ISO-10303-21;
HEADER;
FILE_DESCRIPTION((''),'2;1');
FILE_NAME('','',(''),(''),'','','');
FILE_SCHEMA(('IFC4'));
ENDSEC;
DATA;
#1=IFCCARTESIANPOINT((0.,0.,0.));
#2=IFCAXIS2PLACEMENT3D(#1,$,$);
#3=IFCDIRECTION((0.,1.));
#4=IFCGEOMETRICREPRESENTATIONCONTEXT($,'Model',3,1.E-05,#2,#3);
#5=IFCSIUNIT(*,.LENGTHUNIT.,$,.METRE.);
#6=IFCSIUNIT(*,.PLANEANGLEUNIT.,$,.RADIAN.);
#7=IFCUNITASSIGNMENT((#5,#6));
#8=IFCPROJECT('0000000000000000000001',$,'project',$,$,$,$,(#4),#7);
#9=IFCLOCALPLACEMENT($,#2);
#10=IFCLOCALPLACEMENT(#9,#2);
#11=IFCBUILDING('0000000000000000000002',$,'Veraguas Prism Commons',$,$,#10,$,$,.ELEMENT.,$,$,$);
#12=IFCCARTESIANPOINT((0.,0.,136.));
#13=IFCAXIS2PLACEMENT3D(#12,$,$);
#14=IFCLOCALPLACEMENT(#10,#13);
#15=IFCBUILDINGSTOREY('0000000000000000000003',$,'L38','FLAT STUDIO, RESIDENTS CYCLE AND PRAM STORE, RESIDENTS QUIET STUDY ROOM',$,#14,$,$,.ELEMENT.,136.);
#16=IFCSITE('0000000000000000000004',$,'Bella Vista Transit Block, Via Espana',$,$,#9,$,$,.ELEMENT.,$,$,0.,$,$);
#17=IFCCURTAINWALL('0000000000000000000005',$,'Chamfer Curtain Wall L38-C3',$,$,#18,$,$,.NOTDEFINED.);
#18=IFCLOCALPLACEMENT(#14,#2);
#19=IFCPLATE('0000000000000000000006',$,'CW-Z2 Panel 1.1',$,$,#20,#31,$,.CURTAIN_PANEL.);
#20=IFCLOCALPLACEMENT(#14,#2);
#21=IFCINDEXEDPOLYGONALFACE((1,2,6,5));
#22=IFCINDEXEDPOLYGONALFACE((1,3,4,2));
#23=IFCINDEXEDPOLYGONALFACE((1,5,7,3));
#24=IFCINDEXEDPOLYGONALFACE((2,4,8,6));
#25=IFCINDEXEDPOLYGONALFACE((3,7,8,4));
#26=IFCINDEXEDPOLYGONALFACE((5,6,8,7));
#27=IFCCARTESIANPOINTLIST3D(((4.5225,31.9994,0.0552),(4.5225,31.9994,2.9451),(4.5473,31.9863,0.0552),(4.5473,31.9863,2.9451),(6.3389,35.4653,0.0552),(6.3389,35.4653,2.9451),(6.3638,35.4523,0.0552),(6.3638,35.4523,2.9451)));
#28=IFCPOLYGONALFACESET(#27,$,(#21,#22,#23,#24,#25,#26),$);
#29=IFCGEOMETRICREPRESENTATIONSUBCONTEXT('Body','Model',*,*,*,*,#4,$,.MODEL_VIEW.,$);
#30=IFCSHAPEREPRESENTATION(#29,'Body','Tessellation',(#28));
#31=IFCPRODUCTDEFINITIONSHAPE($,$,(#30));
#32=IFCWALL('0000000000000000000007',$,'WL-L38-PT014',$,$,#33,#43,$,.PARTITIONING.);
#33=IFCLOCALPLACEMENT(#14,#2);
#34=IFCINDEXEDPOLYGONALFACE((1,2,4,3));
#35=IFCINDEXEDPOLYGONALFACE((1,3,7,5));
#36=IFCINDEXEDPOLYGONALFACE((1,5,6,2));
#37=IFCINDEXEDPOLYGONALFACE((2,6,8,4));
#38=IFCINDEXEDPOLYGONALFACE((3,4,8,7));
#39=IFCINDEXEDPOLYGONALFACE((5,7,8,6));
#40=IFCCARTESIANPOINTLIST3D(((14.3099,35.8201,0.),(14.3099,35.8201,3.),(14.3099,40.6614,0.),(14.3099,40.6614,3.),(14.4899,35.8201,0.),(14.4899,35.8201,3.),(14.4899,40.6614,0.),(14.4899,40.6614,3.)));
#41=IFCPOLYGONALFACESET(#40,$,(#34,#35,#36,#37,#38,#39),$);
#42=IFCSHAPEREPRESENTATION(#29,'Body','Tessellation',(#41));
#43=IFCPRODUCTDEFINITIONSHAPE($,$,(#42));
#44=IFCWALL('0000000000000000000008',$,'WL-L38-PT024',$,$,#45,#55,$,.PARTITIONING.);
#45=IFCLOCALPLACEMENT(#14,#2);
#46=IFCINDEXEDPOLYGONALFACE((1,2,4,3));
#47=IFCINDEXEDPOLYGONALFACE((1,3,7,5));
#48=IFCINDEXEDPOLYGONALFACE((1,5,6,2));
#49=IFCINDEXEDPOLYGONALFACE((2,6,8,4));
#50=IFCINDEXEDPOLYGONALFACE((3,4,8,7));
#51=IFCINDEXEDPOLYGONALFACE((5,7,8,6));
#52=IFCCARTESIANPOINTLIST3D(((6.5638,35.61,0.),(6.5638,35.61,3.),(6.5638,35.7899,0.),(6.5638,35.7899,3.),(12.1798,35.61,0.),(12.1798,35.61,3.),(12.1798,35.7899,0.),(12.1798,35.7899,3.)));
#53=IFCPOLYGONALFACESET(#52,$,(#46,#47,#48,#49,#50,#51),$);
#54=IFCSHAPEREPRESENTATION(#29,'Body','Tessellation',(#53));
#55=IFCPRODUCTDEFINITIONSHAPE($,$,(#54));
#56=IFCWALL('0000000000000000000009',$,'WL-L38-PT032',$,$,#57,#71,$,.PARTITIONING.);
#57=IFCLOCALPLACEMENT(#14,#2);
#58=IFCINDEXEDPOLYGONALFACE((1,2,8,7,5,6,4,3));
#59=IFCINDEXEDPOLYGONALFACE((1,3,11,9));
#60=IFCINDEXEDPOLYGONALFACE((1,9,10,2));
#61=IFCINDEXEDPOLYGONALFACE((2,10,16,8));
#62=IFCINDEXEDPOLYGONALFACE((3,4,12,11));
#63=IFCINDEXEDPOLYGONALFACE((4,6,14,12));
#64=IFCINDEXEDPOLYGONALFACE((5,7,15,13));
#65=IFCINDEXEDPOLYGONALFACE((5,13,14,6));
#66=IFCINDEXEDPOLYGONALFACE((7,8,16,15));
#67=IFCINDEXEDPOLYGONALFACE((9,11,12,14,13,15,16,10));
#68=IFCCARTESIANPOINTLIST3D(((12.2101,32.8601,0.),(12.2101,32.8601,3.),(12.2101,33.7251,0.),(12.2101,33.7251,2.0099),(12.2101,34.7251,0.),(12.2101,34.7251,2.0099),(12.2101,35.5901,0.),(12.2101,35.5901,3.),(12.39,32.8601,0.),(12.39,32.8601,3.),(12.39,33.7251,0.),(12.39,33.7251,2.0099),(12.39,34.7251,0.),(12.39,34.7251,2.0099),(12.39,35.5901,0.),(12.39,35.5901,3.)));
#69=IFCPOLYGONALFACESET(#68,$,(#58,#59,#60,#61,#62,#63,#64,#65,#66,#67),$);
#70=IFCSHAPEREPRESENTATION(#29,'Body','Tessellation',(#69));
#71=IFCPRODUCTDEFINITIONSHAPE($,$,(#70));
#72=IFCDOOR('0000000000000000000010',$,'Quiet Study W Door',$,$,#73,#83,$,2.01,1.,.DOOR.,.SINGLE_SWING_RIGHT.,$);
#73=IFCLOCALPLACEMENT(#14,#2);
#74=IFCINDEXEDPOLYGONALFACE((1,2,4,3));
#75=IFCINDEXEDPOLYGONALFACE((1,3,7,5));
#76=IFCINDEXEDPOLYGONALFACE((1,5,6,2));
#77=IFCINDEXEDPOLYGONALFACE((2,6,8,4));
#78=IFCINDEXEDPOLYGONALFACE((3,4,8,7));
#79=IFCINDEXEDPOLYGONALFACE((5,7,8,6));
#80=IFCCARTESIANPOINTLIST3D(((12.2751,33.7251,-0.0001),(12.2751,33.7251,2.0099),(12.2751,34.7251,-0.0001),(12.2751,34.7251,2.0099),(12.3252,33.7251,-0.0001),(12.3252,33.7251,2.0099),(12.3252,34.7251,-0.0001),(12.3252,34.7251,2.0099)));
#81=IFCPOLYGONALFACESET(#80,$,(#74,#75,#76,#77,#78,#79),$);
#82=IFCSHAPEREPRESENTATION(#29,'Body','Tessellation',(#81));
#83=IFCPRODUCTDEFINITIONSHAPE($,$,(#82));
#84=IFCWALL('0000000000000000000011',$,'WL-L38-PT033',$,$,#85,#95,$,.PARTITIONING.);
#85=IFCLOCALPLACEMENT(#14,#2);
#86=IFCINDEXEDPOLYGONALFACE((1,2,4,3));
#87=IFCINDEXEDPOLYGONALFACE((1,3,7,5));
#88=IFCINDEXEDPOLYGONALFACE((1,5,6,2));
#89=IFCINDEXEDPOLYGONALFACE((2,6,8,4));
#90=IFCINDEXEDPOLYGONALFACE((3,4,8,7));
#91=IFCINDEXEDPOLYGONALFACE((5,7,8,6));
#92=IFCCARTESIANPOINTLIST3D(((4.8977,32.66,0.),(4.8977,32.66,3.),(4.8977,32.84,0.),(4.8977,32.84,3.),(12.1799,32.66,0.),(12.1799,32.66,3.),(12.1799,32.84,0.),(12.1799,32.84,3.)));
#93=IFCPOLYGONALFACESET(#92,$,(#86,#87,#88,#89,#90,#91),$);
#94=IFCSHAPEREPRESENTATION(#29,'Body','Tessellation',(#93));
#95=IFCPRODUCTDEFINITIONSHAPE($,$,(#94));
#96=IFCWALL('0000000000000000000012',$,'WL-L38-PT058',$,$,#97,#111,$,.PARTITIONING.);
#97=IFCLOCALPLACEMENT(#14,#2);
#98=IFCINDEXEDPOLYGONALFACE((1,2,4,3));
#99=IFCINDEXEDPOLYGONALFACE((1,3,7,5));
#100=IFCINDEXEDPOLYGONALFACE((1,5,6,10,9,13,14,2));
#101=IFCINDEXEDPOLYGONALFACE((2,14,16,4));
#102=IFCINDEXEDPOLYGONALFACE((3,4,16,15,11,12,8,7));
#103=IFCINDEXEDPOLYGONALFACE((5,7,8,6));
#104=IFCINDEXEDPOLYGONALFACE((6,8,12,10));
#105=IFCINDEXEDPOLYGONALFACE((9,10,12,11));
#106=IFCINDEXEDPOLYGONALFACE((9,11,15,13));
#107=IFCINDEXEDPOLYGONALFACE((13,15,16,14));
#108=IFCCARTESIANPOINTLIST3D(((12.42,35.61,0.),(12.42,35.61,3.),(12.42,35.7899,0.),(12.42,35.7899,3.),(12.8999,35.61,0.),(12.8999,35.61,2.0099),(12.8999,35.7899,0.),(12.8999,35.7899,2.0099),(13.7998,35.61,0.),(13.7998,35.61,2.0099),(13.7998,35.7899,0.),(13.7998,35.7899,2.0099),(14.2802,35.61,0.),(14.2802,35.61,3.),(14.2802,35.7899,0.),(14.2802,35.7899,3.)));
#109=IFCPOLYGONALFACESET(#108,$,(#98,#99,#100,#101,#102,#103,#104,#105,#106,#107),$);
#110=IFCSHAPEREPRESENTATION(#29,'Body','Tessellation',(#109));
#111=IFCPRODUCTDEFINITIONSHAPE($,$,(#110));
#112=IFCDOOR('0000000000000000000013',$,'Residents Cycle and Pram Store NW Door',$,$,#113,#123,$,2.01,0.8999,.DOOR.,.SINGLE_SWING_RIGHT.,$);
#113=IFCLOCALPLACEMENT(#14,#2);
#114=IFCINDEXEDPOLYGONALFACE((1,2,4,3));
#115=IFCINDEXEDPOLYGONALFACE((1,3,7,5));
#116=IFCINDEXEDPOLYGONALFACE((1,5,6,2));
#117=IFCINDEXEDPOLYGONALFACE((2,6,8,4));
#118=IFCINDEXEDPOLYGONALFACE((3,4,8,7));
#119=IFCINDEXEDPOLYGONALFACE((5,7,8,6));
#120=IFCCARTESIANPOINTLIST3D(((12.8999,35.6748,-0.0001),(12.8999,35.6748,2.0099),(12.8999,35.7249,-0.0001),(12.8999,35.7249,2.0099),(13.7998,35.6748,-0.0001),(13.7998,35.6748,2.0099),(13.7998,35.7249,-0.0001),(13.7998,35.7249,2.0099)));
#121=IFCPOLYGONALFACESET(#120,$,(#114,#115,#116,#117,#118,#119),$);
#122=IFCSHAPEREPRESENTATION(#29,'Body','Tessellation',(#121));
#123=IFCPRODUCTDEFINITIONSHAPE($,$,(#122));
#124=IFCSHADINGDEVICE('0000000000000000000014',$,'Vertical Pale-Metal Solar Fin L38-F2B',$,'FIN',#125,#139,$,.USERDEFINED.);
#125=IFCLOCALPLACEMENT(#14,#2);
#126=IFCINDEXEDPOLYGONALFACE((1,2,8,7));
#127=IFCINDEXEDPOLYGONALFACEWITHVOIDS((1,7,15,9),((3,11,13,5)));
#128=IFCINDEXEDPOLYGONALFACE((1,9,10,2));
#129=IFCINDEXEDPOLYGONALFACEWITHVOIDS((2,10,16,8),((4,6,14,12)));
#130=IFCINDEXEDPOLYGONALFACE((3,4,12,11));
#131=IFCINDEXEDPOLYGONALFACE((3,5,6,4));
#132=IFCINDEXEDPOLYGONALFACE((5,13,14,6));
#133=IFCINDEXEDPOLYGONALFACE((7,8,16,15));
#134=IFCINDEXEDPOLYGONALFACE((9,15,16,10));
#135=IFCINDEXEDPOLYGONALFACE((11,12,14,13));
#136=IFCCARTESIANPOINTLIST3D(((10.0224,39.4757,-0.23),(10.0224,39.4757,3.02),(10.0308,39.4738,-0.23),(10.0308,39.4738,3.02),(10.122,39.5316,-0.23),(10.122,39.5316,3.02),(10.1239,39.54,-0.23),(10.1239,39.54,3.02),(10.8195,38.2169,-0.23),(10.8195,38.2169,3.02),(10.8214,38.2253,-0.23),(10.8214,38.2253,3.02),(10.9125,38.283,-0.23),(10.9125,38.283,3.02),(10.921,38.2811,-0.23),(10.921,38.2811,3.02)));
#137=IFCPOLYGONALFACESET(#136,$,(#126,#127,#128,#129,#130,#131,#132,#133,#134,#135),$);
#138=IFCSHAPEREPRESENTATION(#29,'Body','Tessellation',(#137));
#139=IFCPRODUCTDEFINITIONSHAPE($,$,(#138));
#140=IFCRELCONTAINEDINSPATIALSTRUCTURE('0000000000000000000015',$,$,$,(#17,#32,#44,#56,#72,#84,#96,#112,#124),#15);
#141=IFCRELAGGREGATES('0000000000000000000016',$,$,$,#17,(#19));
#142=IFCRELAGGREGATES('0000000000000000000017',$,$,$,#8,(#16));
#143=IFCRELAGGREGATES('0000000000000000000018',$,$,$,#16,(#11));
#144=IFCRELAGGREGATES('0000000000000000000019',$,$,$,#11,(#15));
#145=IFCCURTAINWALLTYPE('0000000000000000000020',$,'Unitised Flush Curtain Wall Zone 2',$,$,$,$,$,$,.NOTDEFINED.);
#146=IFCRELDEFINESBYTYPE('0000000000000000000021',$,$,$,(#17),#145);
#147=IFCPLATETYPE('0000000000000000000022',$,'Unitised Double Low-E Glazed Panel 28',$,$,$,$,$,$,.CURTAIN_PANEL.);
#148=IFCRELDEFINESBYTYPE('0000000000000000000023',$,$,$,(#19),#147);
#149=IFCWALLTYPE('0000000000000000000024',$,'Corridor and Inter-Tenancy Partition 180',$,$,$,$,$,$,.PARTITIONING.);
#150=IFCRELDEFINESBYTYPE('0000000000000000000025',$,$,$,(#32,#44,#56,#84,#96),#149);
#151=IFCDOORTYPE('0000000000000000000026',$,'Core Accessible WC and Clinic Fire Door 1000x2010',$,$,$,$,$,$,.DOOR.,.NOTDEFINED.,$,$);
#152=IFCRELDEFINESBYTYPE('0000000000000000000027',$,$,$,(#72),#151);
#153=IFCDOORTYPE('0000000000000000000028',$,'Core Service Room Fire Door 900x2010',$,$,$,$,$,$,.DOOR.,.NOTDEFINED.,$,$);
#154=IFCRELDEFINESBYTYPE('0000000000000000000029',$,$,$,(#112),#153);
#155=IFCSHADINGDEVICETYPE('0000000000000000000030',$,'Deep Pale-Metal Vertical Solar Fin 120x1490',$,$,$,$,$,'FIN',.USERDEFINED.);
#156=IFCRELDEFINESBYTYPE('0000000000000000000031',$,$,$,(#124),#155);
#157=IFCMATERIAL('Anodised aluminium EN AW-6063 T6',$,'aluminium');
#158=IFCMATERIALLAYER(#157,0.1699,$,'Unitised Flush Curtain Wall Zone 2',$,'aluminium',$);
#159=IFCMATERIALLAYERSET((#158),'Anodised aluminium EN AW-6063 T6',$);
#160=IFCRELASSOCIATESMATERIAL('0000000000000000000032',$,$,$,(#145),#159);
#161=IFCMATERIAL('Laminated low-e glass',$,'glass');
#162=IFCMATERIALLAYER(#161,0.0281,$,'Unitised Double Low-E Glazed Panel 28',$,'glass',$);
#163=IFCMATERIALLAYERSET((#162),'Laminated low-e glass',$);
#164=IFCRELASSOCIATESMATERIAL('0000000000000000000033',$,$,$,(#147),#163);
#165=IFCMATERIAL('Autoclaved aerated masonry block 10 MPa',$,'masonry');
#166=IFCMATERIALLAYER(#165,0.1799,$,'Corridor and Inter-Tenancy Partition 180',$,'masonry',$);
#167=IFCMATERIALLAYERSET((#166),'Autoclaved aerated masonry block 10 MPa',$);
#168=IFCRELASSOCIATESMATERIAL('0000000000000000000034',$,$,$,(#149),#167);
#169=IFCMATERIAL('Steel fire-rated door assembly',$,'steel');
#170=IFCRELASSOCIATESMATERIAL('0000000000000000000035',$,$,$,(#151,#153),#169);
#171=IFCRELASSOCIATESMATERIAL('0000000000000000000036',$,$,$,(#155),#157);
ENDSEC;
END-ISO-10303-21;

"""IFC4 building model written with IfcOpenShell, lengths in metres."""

from ifc_helpers import new_model, si_unit, direction, frame, frame_2d, origin, origin_2d, place, context, subcontext, project, spatial, rectangle, hollow_rectangle, extrude, source, transform, mapped, material, layer, layer_set, material_profile, profile_set, type_object, element, fill, aggregate, save


model = new_model("IFC4")

# Units and contexts
model_context = context("Model", 3, precision=1e-05, world=origin(), true_north=direction((0.0, 1.0)))
body_context = subcontext(model_context, "Body", "Model", "MODEL_VIEW")
ifc_project = project(units=[si_unit("LENGTHUNIT", "METRE"), si_unit("PLANEANGLEUNIT", "RADIAN")], contexts=[model_context])

# Site, building, storey
site_placement = place(None, origin())
site = spatial("IfcSite", under=ifc_project, at=site_placement, Name="Bella Vista Transit Block, Via Espana", CompositionType="ELEMENT", RefElevation=0.0)
building_placement = place(site_placement, origin())
building = spatial("IfcBuilding", under=site, at=building_placement, Name="Veraguas Prism Commons", CompositionType="ELEMENT")
storey_placement = place(building_placement, frame((0.0, 0.0, 136.0)))
storey = spatial("IfcBuildingStorey", under=building, at=storey_placement, Name="L38", Description="FLAT STUDIO, RESIDENTS CYCLE AND PRAM STORE, RESIDENTS QUIET STUDY ROOM", CompositionType="ELEMENT", Elevation=136.0)

# Curtain wall
ifc_material_1 = material(Name="Anodised aluminium EN AW-6063 T6", Category="aluminium")
ifc_layer_1 = layer(ifc_material_1, 0.1699, Name="Unitised Flush Curtain Wall Zone 2", Category="aluminium")
ifc_layer_set_1 = layer_set([ifc_layer_1], Name="Anodised aluminium EN AW-6063 T6")
curtain_wall_type = type_object("IfcCurtainWallType", Name="Unitised Flush Curtain Wall Zone 2", PredefinedType="NOTDEFINED", material=ifc_layer_set_1)
curtain_wall_1_placement = place(storey_placement, origin())
curtain_wall_1 = element("IfcCurtainWall", 1, at=curtain_wall_1_placement, inside=storey, type_object=curtain_wall_type, Name="Chamfer Curtain Wall L38-C3", PredefinedType="NOTDEFINED")

# Plate
ifc_material_2 = material(Name="Laminated low-e glass", Category="glass")
ifc_layer_2 = layer(ifc_material_2, 0.0281, Name="Unitised Double Low-E Glazed Panel 28", Category="glass")
ifc_layer_set_2 = layer_set([ifc_layer_2], Name="Laminated low-e glass")
plate_type = type_object("IfcPlateType", Name="Unitised Double Low-E Glazed Panel 28", PredefinedType="CURTAIN_PANEL", material=ifc_layer_set_2)
shared_shape_1 = source(origin(), body_context, "Body", "SweptSolid", [
    extrude(rectangle(XDim=3.9131, YDim=0.0281, at=origin_2d()), origin(), (0.0, 0.0, 1.0), 2.8899),
])
plate_1_placement = place(storey_placement, frame((5.4431, 33.7258, 0.0552), z_axis=(0.0, 0.0, 1.0), x_axis=(-0.464201, -0.88573, 0.0)))
plate_1 = element("IfcPlate", 2, at=plate_1_placement, type_object=plate_type, Name="CW-Z2 Panel 1.1", PredefinedType="CURTAIN_PANEL", context=body_context, shape_type="MappedRepresentation", body=[
    mapped(shared_shape_1, transform((0.0, 0.0, 0.0), scale=1.0)),
])
aggregate(curtain_wall_1, [plate_1])

# Walls
ifc_material_3 = material(Name="Autoclaved aerated masonry block 10 MPa", Category="masonry")
ifc_layer_3 = layer(ifc_material_3, 0.1799, Name="Corridor and Inter-Tenancy Partition 180", Category="masonry")
ifc_layer_set_3 = layer_set([ifc_layer_3], Name="Autoclaved aerated masonry block 10 MPa")
wall_type = type_object("IfcWallType", Name="Corridor and Inter-Tenancy Partition 180", PredefinedType="PARTITIONING", material=ifc_layer_set_3)
wall_1_placement = place(storey_placement, frame((14.3999, 35.8201, 0.0), z_axis=(0.0, 0.0, 1.0), x_axis=(0.0, 1.0, 0.0)))
element("IfcWall", 3, at=wall_1_placement, inside=storey, type_object=wall_type, Name="WL-L38-PT014", PredefinedType="PARTITIONING", context=body_context, shape_type="SweptSolid", body=[
    extrude(rectangle(XDim=4.8413, YDim=0.1799, at=frame_2d((2.4207, 0.0))), origin(), (0.0, 0.0, 1.0), 3.0),
])
wall_2_placement = place(storey_placement, frame((12.1799, 35.7, 0.0), z_axis=(0.0, 0.0, 1.0), x_axis=(-1.0, 0.0, 0.0)))
element("IfcWall", 4, at=wall_2_placement, inside=storey, type_object=wall_type, Name="WL-L38-PT024", PredefinedType="PARTITIONING", context=body_context, shape_type="SweptSolid", body=[
    extrude(rectangle(XDim=5.616, YDim=0.1799, at=frame_2d((2.8081, 0.0))), origin(), (0.0, 0.0, 1.0), 3.0),
])

# Wall, opening, door
wall_3_placement = place(storey_placement, frame((12.3, 32.8601, 0.0), z_axis=(0.0, 0.0, 1.0), x_axis=(0.0, 1.0, 0.0)))
wall_3 = element("IfcWall", 5, at=wall_3_placement, inside=storey, type_object=wall_type, Name="WL-L38-PT032", PredefinedType="PARTITIONING", context=body_context, shape_type="SweptSolid", body=[
    extrude(rectangle(XDim=2.73, YDim=0.1799, at=frame_2d((1.365, 0.0))), origin(), (0.0, 0.0, 1.0), 3.0),
])
opening_1_placement = place(wall_3_placement, frame((0.865, 0.0, 0.0)))
opening_1 = element("IfcOpeningElement", 6, at=opening_1_placement, cuts=wall_3, PredefinedType="OPENING", context=body_context, shape_type="SweptSolid", body=[
    extrude(rectangle(XDim=1.0, YDim=2.01, at=frame_2d((0.5, 1.0049))), frame((0.0, 0.0999, 0.0), z_axis=(0.0, -1.0, 0.0), x_axis=(1.0, 0.0, 0.0)), (0.0, 0.0, 1.0), 0.2),
])
ifc_material_4 = material(Name="Steel fire-rated door assembly", Category="steel")
door_type_1 = type_object("IfcDoorType", Name="Core Accessible WC and Clinic Fire Door 1000x2010", OperationType="NOTDEFINED", PredefinedType="DOOR", material=ifc_material_4)
shared_shape_2 = source(origin(), body_context, "Body", "SweptSolid", [
    extrude(rectangle(XDim=1.0, YDim=2.01, at=frame_2d((0.5, 1.0049))), frame((0.0, 0.0249, 0.0), z_axis=(0.0, -1.0, 0.0), x_axis=(1.0, 0.0, 0.0)), (0.0, 0.0, 1.0), 0.05),
])
door_1_placement = place(opening_1_placement, origin())
door_1 = element("IfcDoor", 7, at=door_1_placement, inside=storey, type_object=door_type_1, Name="Quiet Study W Door", OperationType="SINGLE_SWING_RIGHT", OverallHeight=2.01, OverallWidth=1.0, PredefinedType="DOOR", context=body_context, shape_type="MappedRepresentation", body=[
    mapped(shared_shape_2, transform((0.0, 0.0, 0.0), scale=1.0)),
])
fill(opening_1, door_1)

# Wall
wall_4_placement = place(storey_placement, frame((12.1799, 32.75, 0.0), z_axis=(0.0, 0.0, 1.0), x_axis=(-1.0, 0.0, 0.0)))
element("IfcWall", 8, at=wall_4_placement, inside=storey, type_object=wall_type, Name="WL-L38-PT033", PredefinedType="PARTITIONING", context=body_context, shape_type="SweptSolid", body=[
    extrude(rectangle(XDim=7.2822, YDim=0.1799, at=frame_2d((3.6411, 0.0))), origin(), (0.0, 0.0, 1.0), 3.0),
])

# Wall, opening, door
wall_5_placement = place(storey_placement, frame((12.4199, 35.7, 0.0), z_axis=(0.0, 0.0, 1.0), x_axis=(1.0, 0.0, 0.0)))
wall_5 = element("IfcWall", 9, at=wall_5_placement, inside=storey, type_object=wall_type, Name="WL-L38-PT058", PredefinedType="PARTITIONING", context=body_context, shape_type="SweptSolid", body=[
    extrude(rectangle(XDim=1.8601, YDim=0.1799, at=frame_2d((0.9302, 0.0))), origin(), (0.0, 0.0, 1.0), 3.0),
])
opening_2_placement = place(wall_5_placement, frame((0.48, 0.0, 0.0)))
opening_2 = element("IfcOpeningElement", 10, at=opening_2_placement, cuts=wall_5, PredefinedType="OPENING", context=body_context, shape_type="SweptSolid", body=[
    extrude(rectangle(XDim=0.8999, YDim=2.01, at=frame_2d((0.45, 1.0049))), frame((0.0, 0.0999, 0.0), z_axis=(0.0, -1.0, 0.0), x_axis=(1.0, 0.0, 0.0)), (0.0, 0.0, 1.0), 0.2),
])
door_type_2 = type_object("IfcDoorType", Name="Core Service Room Fire Door 900x2010", OperationType="NOTDEFINED", PredefinedType="DOOR", material=ifc_material_4)
shared_shape_3 = source(origin(), body_context, "Body", "SweptSolid", [
    extrude(rectangle(XDim=0.8999, YDim=2.01, at=frame_2d((0.45, 1.0049))), frame((0.0, 0.0249, 0.0), z_axis=(0.0, -1.0, 0.0), x_axis=(1.0, 0.0, 0.0)), (0.0, 0.0, 1.0), 0.05),
])
door_2_placement = place(opening_2_placement, origin())
door_2 = element("IfcDoor", 11, at=door_2_placement, inside=storey, type_object=door_type_2, Name="Residents Cycle and Pram Store NW Door", OperationType="SINGLE_SWING_RIGHT", OverallHeight=2.01, OverallWidth=0.8999, PredefinedType="DOOR", context=body_context, shape_type="MappedRepresentation", body=[
    mapped(shared_shape_3, transform((0.0, 0.0, 0.0), scale=1.0)),
])
fill(opening_2, door_2)

# Shading device
ifc_material_profile_1 = material_profile(ifc_material_1, hollow_rectangle(XDim=0.1201, YDim=1.49, WallThickness=0.0061, at=origin_2d()), Name="FIN120X1490X6")
ifc_profile_set_1 = profile_set([ifc_material_profile_1], Name="Anodised aluminium EN AW-6063 T6")
shading_device_type = type_object("IfcShadingDeviceType", Name="Deep Pale-Metal Vertical Solar Fin 120x1490", ElementType="FIN", PredefinedType="USERDEFINED", material=ifc_profile_set_1)
shading_device_placement = place(storey_placement, frame((10.4717, 38.8784, -0.23), z_axis=(0.0, 0.0, 1.0), x_axis=(-0.844888, -0.534944, 0.0)))
element("IfcShadingDevice", 12, at=shading_device_placement, inside=storey, type_object=shading_device_type, Name="Vertical Pale-Metal Solar Fin L38-F2B", ObjectType="FIN", PredefinedType="USERDEFINED", context=body_context, shape_type="SweptSolid", body=[
    extrude(hollow_rectangle(XDim=0.1201, YDim=1.49, WallThickness=0.0061, at=origin_2d()), origin(), (0.0, 0.0, 1.0), 3.25),
])

save(model, "model.ifc")
